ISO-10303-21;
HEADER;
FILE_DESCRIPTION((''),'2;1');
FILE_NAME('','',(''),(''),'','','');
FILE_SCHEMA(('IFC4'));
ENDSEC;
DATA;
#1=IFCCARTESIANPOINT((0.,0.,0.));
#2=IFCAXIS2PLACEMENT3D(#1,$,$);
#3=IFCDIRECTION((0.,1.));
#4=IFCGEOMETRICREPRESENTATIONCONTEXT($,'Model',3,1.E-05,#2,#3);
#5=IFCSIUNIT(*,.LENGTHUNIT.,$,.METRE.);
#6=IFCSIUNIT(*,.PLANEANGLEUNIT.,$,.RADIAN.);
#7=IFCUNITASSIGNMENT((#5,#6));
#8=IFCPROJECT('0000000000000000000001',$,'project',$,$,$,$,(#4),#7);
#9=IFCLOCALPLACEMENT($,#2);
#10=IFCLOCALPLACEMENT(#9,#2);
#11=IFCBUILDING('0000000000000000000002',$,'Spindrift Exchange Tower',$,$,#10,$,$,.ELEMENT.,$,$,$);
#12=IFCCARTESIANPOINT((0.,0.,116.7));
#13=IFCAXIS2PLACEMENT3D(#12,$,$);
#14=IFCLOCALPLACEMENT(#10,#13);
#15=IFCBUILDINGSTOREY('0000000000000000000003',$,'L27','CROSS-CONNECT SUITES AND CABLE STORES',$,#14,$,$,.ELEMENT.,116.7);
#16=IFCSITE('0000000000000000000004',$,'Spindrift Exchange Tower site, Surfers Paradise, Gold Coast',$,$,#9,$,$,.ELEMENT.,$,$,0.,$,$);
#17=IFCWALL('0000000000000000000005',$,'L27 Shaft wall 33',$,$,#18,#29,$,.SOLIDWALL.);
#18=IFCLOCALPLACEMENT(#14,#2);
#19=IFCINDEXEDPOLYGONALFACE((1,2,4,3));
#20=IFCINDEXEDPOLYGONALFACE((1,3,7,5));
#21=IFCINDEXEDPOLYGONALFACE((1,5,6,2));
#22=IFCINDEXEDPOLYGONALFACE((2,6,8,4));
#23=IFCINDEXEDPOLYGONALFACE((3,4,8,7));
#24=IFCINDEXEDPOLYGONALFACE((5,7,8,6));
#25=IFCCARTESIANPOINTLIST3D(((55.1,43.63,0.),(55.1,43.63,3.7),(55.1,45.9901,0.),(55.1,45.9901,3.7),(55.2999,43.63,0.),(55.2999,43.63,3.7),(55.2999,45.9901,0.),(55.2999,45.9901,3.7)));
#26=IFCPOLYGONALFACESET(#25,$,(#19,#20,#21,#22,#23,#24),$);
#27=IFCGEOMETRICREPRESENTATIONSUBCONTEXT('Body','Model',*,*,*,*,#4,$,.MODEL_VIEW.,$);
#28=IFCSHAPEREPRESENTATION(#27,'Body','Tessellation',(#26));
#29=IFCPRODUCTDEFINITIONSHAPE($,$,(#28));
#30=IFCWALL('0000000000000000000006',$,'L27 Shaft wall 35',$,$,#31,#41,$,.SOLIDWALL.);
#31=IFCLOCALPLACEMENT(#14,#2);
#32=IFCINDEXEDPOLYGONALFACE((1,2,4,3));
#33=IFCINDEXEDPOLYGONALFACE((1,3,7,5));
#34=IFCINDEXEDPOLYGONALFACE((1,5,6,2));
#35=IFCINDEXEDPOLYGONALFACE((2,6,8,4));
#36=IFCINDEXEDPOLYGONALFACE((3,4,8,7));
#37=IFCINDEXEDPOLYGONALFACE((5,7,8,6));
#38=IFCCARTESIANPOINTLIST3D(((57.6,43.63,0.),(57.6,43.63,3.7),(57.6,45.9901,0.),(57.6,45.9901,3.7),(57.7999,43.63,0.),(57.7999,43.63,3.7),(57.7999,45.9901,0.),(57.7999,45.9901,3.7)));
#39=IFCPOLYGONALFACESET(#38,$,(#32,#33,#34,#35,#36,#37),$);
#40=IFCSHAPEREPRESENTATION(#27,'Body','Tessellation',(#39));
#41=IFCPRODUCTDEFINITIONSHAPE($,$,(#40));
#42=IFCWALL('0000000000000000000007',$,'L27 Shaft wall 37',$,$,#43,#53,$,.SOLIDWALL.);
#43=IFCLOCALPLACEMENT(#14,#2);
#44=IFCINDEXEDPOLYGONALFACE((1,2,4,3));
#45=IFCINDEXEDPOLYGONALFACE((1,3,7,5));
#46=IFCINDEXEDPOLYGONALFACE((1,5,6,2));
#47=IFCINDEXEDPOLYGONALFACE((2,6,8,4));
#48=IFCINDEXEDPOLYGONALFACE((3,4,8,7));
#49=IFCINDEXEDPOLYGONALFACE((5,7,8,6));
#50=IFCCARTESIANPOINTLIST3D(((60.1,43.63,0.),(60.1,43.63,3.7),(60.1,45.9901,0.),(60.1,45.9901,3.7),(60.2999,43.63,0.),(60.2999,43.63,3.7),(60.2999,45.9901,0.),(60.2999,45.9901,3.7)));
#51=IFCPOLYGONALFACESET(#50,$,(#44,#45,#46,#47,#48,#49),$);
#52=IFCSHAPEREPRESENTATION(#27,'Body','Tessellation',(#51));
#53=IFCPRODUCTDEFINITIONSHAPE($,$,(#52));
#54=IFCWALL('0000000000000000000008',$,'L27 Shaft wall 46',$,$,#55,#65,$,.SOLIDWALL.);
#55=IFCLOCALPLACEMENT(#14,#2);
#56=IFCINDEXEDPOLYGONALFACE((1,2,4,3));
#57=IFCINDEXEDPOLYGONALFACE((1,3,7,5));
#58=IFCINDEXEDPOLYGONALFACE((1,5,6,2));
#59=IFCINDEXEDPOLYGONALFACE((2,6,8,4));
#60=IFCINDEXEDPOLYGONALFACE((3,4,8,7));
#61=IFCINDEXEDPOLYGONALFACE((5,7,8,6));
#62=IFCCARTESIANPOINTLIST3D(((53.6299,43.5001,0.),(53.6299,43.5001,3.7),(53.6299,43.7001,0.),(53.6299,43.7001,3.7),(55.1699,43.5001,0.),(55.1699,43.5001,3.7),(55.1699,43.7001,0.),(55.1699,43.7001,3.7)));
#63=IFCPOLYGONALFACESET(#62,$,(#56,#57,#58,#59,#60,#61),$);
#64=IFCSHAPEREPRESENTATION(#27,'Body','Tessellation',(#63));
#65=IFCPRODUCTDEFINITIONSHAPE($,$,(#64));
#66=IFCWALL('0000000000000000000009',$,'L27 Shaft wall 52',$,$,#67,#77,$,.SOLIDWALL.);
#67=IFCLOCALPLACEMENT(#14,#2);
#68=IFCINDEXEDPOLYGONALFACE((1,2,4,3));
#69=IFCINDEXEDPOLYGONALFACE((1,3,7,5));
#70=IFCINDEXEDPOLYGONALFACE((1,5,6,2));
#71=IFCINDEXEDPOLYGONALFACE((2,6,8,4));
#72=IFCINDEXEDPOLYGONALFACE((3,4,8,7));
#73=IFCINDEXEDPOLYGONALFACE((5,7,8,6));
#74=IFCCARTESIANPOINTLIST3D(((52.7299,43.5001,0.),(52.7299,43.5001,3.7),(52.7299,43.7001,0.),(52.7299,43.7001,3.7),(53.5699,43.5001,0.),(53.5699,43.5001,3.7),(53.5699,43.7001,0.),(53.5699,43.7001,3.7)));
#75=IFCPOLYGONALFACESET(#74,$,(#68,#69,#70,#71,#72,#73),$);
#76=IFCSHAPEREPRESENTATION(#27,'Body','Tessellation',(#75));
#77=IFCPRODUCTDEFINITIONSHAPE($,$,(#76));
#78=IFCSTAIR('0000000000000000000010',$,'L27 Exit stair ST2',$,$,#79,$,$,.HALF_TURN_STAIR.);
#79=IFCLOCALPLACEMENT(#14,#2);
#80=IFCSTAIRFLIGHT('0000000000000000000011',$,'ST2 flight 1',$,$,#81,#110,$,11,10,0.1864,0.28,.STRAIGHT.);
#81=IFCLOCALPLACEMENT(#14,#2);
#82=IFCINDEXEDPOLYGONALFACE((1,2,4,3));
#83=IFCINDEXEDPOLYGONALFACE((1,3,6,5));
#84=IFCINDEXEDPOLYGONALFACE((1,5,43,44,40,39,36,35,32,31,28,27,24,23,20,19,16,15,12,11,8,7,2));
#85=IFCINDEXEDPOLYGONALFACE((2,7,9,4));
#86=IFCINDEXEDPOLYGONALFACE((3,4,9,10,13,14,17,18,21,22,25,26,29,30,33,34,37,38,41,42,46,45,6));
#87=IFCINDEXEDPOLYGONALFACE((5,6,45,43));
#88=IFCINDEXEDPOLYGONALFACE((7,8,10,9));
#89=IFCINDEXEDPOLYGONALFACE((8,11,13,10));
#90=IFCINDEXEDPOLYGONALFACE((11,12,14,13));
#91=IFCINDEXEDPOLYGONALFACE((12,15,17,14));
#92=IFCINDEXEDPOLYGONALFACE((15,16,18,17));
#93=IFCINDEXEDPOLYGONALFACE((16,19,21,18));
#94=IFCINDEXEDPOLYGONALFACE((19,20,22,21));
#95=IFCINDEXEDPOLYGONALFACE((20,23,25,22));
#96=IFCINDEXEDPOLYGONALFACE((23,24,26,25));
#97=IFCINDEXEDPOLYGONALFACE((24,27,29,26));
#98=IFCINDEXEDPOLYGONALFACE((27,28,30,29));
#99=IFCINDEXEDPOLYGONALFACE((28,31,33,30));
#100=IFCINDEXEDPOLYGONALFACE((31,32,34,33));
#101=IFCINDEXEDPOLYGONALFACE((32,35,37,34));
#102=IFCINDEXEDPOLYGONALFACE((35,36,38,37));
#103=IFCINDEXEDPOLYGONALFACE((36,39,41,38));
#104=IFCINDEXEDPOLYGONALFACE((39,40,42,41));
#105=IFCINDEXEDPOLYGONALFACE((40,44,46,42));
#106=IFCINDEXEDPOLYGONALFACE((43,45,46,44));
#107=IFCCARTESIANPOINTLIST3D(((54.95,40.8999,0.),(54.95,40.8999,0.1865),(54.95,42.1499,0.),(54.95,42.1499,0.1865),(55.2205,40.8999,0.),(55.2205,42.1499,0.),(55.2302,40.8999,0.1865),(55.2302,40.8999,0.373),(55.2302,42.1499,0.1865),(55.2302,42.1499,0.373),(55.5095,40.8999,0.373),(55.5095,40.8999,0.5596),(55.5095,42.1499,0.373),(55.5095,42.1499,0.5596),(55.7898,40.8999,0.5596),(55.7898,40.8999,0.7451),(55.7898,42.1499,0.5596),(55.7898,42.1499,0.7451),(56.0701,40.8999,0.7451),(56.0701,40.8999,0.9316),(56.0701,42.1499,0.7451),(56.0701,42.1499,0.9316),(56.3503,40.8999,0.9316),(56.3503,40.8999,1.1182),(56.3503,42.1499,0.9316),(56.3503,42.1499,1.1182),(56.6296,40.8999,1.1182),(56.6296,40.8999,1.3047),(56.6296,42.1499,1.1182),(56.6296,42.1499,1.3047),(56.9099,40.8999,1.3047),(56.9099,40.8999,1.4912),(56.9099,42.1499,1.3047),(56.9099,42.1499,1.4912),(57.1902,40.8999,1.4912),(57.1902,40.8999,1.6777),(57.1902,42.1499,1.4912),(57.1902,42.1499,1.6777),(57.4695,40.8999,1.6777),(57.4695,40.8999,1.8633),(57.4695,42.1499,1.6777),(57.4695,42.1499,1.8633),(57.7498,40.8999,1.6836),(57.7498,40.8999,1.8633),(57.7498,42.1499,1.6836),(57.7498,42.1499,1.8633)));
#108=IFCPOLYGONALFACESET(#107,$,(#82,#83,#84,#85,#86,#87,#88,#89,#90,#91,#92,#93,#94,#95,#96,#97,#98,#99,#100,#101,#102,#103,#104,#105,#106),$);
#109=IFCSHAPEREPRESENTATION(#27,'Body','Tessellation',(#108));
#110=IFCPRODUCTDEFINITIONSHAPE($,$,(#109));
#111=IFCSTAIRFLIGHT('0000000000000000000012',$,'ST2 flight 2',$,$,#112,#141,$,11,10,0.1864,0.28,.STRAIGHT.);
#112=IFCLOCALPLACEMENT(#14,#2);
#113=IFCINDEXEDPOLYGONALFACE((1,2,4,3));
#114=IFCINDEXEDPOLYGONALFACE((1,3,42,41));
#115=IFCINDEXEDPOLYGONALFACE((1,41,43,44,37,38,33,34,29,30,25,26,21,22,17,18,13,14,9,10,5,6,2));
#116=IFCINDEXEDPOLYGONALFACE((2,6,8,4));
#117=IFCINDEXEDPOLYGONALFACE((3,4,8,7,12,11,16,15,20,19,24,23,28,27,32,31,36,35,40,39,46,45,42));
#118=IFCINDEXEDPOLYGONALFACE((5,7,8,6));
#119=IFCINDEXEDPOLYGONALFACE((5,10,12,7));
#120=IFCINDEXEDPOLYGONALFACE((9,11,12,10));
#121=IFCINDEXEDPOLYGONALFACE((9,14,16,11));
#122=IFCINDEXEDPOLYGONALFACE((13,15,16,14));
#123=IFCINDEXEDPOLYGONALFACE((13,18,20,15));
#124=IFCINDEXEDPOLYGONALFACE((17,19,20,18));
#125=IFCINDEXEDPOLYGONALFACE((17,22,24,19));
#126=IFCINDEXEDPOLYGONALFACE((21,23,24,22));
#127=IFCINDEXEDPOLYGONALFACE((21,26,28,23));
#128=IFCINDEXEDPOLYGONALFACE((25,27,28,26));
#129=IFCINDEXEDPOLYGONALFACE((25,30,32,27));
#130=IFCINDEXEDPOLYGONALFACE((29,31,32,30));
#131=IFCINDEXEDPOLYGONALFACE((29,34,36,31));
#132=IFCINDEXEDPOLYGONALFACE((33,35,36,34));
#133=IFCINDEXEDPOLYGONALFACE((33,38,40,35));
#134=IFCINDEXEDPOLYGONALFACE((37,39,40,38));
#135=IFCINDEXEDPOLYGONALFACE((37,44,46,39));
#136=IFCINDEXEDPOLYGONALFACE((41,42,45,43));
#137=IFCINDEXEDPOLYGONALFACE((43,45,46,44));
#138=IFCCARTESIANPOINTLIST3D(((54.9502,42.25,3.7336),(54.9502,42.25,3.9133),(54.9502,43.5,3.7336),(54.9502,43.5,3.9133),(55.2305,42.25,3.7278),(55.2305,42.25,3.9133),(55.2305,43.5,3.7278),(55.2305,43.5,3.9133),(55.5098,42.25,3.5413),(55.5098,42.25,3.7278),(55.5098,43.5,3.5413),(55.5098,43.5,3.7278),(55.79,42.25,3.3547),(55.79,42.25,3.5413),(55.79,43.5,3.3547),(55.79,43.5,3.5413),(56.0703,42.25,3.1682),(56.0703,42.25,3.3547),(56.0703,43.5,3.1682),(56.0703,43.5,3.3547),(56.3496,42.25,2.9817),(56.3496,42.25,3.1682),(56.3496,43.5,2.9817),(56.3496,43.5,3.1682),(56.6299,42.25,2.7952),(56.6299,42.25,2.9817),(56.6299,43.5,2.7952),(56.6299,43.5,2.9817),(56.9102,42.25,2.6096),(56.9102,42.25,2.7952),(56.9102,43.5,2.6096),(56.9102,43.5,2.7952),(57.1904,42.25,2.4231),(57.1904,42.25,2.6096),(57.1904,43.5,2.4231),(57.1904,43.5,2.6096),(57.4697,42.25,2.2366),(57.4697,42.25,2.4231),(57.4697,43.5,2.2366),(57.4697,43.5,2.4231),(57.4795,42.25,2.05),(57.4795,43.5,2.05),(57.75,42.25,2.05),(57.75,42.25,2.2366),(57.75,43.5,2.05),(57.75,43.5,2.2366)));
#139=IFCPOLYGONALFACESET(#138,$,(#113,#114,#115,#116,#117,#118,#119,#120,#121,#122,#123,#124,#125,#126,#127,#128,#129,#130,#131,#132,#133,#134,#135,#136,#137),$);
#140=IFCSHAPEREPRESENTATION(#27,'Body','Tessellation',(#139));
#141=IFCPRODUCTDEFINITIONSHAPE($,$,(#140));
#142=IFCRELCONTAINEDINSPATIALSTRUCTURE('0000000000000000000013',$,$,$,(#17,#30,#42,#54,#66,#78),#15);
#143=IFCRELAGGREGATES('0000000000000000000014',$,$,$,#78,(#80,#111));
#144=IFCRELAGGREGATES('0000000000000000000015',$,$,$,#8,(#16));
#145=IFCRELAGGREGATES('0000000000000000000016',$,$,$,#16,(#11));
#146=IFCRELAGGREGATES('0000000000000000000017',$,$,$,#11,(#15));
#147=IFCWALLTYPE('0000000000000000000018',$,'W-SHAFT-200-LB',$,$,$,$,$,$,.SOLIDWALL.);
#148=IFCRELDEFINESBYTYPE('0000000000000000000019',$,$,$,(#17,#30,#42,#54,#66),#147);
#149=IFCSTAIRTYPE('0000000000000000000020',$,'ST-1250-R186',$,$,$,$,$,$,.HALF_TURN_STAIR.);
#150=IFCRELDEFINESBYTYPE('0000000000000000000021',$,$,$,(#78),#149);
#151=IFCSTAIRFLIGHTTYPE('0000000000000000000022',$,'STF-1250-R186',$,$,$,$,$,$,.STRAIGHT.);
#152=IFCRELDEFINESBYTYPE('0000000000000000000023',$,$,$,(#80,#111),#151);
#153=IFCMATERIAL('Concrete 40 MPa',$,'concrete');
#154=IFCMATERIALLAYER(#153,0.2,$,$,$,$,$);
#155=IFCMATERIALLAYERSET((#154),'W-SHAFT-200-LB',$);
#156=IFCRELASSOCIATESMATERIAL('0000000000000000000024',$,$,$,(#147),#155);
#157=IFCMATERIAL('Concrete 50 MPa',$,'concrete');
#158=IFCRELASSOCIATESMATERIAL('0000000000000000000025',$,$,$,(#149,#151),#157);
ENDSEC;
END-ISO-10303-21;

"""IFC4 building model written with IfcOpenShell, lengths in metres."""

from ifc_helpers import new_model, si_unit, direction, frame, frame_2d, origin, place, context, subcontext, project, spatial, line, indexed_curve, rectangle, outline, extrude, material, layer, layer_set, type_object, element, aggregate, save


model = new_model("IFC4")

# Units and contexts
model_context = context("Model", 3, precision=1e-05, world=origin(), true_north=direction((0.0, 1.0)))
body_context = subcontext(model_context, "Body", "Model", "MODEL_VIEW")
ifc_project = project(units=[si_unit("LENGTHUNIT", "METRE"), si_unit("PLANEANGLEUNIT", "RADIAN")], contexts=[model_context])

# Site, building, storey
site_placement = place(None, origin())
site = spatial("IfcSite", under=ifc_project, at=site_placement, Name="Spindrift Exchange Tower site, Surfers Paradise, Gold Coast", CompositionType="ELEMENT", RefElevation=0.0)
building_placement = place(site_placement, origin())
building = spatial("IfcBuilding", under=site, at=building_placement, Name="Spindrift Exchange Tower", CompositionType="ELEMENT")
storey_placement = place(building_placement, frame((0.0, 0.0, 116.7)))
storey = spatial("IfcBuildingStorey", under=building, at=storey_placement, Name="L27", Description="CROSS-CONNECT SUITES AND CABLE STORES", CompositionType="ELEMENT", Elevation=116.7)

# Shared definitions
ifc_material_1 = material(Name="Concrete 40 MPa", Category="concrete")

# Shared definitions
ifc_layer_1 = layer(ifc_material_1, 0.2)
ifc_layer_set_1 = layer_set([ifc_layer_1], Name="W-SHAFT-200-LB")
wall_type_1 = type_object("IfcWallType", Name="W-SHAFT-200-LB", PredefinedType="SOLIDWALL", material=ifc_layer_set_1)

# Walls
for number, where, z_axis, x_axis, name in (
    (1, (55.2, 43.6299, 0.0), (0.0, 0.0, 1.0), (0.0, 1.0, 0.0), "L27 Shaft wall 33"),
    (2, (57.7, 43.6299, 0.0), (0.0, 0.0, 1.0), (0.0, 1.0, 0.0), "L27 Shaft wall 35"),
    (3, (60.2, 43.6299, 0.0), (0.0, 0.0, 1.0), (0.0, 1.0, 0.0), "L27 Shaft wall 37"),
):
    element("IfcWall", number, at=place(storey_placement, frame(where, z_axis=z_axis, x_axis=x_axis)), inside=storey, type_object=wall_type_1, Name=name, PredefinedType="SOLIDWALL", context=body_context, shape_type="SweptSolid", body=[
        extrude(rectangle(XDim=2.3601, YDim=0.2, at=frame_2d((1.1802, 0.0))), origin(), (0.0, 0.0, 1.0), 3.7),
    ])
wall_1_placement = place(storey_placement, frame((53.6299, 43.6001, 0.0), z_axis=(0.0, 0.0, 1.0), x_axis=(1.0, 0.0, 0.0)))
element("IfcWall", 4, at=wall_1_placement, inside=storey, type_object=wall_type_1, Name="L27 Shaft wall 46", PredefinedType="SOLIDWALL", context=body_context, shape_type="SweptSolid", body=[
    extrude(rectangle(XDim=1.54, YDim=0.2, at=frame_2d((0.77, 0.0))), origin(), (0.0, 0.0, 1.0), 3.7),
])
wall_2_placement = place(storey_placement, frame((52.73, 43.6001, 0.0), z_axis=(0.0, 0.0, 1.0), x_axis=(1.0, 0.0, 0.0)))
element("IfcWall", 5, at=wall_2_placement, inside=storey, type_object=wall_type_1, Name="L27 Shaft wall 52", PredefinedType="SOLIDWALL", context=body_context, shape_type="SweptSolid", body=[
    extrude(rectangle(XDim=0.8401, YDim=0.2, at=frame_2d((0.4199, 0.0))), origin(), (0.0, 0.0, 1.0), 3.7),
])

# Stair, stair flights
ifc_material_2 = material(Name="Concrete 50 MPa", Category="concrete")
stair_type = type_object("IfcStairType", Name="ST-1250-R186", PredefinedType="HALF_TURN_STAIR", material=ifc_material_2)
stair_placement = place(storey_placement, origin())
stair = element("IfcStair", 6, at=stair_placement, inside=storey, type_object=stair_type, Name="L27 Exit stair ST2", PredefinedType="HALF_TURN_STAIR")
stair_flight_type = type_object("IfcStairFlightType", Name="STF-1250-R186", PredefinedType="STRAIGHT", material=ifc_material_2)
stair_flight_1_placement = place(storey_placement, frame((54.95, 41.5249, 0.0), z_axis=(0.0, 0.0, 1.0), x_axis=(1.0, 0.0, 0.0)))
stair_flight_1 = element("IfcStairFlight", 7, at=stair_flight_1_placement, type_object=stair_flight_type, Name="ST2 flight 1", NumberOfRisers=11, NumberOfTreads=10, PredefinedType="STRAIGHT", RiserHeight=0.1864, TreadLength=0.28, context=body_context, shape_type="SweptSolid", body=[
    extrude(outline(indexed_curve([(0.0, 0.0), (0.0, 0.1865), (0.2803, 0.1865), (0.2803, 0.373), (0.5596, 0.373), (0.5596, 0.5596), (0.8398, 0.5596), (0.8398, 0.7451), (1.1201, 0.7451), (1.1201, 0.9316), (1.4004, 0.9316), (1.4004, 1.1182), (1.6797, 1.1182), (1.6797, 1.3047), (1.96, 1.3047), (1.96, 1.4912), (2.2402, 1.4912), (2.2402, 1.6777), (2.5195, 1.6777), (2.5195, 1.8633), (2.7998, 1.8633), (2.7998, 2.0498), (2.7998, 1.6836), (0.2705, 0.0)], segments=[line(1, 2, 3, 4, 5, 6, 7, 8, 9, 10, 11, 12, 13, 14, 15, 16, 17, 18, 19, 20, 21, 22, 23, 24, 1)], self_intersect=False)), frame((0.0, 0.625, 0.0), z_axis=(0.0, -1.0, 0.0), x_axis=(1.0, 0.0, 0.0)), (0.0, 0.0, 1.0), 1.25),
])
stair_flight_2_placement = place(storey_placement, frame((57.75, 42.875, 2.05), z_axis=(0.0, 0.0, 1.0), x_axis=(-1.0, 0.0, 0.0)))
stair_flight_2 = element("IfcStairFlight", 8, at=stair_flight_2_placement, type_object=stair_flight_type, Name="ST2 flight 2", NumberOfRisers=11, NumberOfTreads=10, PredefinedType="STRAIGHT", RiserHeight=0.1864, TreadLength=0.28, context=body_context, shape_type="SweptSolid", body=[
    extrude(outline(indexed_curve([(0.0, 0.0), (0.0, 0.1865), (0.2803, 0.1865), (0.2803, 0.373), (0.5596, 0.373), (0.5596, 0.5596), (0.8398, 0.5596), (0.8398, 0.7451), (1.1201, 0.7451), (1.1201, 0.9316), (1.4004, 0.9316), (1.4004, 1.1182), (1.6797, 1.1182), (1.6797, 1.3047), (1.96, 1.3047), (1.96, 1.4912), (2.2402, 1.4912), (2.2402, 1.6777), (2.5195, 1.6777), (2.5195, 1.8633), (2.7998, 1.8633), (2.7998, 2.0498), (2.7998, 1.6836), (0.2705, 0.0)], segments=[line(1, 2, 3, 4, 5, 6, 7, 8, 9, 10, 11, 12, 13, 14, 15, 16, 17, 18, 19, 20, 21, 22, 23, 24, 1)], self_intersect=False)), frame((0.0, 0.625, 0.0), z_axis=(0.0, -1.0, 0.0), x_axis=(1.0, 0.0, 0.0)), (0.0, 0.0, 1.0), 1.25),
])
aggregate(stair, [stair_flight_1, stair_flight_2])

save(model, "model.ifc")
